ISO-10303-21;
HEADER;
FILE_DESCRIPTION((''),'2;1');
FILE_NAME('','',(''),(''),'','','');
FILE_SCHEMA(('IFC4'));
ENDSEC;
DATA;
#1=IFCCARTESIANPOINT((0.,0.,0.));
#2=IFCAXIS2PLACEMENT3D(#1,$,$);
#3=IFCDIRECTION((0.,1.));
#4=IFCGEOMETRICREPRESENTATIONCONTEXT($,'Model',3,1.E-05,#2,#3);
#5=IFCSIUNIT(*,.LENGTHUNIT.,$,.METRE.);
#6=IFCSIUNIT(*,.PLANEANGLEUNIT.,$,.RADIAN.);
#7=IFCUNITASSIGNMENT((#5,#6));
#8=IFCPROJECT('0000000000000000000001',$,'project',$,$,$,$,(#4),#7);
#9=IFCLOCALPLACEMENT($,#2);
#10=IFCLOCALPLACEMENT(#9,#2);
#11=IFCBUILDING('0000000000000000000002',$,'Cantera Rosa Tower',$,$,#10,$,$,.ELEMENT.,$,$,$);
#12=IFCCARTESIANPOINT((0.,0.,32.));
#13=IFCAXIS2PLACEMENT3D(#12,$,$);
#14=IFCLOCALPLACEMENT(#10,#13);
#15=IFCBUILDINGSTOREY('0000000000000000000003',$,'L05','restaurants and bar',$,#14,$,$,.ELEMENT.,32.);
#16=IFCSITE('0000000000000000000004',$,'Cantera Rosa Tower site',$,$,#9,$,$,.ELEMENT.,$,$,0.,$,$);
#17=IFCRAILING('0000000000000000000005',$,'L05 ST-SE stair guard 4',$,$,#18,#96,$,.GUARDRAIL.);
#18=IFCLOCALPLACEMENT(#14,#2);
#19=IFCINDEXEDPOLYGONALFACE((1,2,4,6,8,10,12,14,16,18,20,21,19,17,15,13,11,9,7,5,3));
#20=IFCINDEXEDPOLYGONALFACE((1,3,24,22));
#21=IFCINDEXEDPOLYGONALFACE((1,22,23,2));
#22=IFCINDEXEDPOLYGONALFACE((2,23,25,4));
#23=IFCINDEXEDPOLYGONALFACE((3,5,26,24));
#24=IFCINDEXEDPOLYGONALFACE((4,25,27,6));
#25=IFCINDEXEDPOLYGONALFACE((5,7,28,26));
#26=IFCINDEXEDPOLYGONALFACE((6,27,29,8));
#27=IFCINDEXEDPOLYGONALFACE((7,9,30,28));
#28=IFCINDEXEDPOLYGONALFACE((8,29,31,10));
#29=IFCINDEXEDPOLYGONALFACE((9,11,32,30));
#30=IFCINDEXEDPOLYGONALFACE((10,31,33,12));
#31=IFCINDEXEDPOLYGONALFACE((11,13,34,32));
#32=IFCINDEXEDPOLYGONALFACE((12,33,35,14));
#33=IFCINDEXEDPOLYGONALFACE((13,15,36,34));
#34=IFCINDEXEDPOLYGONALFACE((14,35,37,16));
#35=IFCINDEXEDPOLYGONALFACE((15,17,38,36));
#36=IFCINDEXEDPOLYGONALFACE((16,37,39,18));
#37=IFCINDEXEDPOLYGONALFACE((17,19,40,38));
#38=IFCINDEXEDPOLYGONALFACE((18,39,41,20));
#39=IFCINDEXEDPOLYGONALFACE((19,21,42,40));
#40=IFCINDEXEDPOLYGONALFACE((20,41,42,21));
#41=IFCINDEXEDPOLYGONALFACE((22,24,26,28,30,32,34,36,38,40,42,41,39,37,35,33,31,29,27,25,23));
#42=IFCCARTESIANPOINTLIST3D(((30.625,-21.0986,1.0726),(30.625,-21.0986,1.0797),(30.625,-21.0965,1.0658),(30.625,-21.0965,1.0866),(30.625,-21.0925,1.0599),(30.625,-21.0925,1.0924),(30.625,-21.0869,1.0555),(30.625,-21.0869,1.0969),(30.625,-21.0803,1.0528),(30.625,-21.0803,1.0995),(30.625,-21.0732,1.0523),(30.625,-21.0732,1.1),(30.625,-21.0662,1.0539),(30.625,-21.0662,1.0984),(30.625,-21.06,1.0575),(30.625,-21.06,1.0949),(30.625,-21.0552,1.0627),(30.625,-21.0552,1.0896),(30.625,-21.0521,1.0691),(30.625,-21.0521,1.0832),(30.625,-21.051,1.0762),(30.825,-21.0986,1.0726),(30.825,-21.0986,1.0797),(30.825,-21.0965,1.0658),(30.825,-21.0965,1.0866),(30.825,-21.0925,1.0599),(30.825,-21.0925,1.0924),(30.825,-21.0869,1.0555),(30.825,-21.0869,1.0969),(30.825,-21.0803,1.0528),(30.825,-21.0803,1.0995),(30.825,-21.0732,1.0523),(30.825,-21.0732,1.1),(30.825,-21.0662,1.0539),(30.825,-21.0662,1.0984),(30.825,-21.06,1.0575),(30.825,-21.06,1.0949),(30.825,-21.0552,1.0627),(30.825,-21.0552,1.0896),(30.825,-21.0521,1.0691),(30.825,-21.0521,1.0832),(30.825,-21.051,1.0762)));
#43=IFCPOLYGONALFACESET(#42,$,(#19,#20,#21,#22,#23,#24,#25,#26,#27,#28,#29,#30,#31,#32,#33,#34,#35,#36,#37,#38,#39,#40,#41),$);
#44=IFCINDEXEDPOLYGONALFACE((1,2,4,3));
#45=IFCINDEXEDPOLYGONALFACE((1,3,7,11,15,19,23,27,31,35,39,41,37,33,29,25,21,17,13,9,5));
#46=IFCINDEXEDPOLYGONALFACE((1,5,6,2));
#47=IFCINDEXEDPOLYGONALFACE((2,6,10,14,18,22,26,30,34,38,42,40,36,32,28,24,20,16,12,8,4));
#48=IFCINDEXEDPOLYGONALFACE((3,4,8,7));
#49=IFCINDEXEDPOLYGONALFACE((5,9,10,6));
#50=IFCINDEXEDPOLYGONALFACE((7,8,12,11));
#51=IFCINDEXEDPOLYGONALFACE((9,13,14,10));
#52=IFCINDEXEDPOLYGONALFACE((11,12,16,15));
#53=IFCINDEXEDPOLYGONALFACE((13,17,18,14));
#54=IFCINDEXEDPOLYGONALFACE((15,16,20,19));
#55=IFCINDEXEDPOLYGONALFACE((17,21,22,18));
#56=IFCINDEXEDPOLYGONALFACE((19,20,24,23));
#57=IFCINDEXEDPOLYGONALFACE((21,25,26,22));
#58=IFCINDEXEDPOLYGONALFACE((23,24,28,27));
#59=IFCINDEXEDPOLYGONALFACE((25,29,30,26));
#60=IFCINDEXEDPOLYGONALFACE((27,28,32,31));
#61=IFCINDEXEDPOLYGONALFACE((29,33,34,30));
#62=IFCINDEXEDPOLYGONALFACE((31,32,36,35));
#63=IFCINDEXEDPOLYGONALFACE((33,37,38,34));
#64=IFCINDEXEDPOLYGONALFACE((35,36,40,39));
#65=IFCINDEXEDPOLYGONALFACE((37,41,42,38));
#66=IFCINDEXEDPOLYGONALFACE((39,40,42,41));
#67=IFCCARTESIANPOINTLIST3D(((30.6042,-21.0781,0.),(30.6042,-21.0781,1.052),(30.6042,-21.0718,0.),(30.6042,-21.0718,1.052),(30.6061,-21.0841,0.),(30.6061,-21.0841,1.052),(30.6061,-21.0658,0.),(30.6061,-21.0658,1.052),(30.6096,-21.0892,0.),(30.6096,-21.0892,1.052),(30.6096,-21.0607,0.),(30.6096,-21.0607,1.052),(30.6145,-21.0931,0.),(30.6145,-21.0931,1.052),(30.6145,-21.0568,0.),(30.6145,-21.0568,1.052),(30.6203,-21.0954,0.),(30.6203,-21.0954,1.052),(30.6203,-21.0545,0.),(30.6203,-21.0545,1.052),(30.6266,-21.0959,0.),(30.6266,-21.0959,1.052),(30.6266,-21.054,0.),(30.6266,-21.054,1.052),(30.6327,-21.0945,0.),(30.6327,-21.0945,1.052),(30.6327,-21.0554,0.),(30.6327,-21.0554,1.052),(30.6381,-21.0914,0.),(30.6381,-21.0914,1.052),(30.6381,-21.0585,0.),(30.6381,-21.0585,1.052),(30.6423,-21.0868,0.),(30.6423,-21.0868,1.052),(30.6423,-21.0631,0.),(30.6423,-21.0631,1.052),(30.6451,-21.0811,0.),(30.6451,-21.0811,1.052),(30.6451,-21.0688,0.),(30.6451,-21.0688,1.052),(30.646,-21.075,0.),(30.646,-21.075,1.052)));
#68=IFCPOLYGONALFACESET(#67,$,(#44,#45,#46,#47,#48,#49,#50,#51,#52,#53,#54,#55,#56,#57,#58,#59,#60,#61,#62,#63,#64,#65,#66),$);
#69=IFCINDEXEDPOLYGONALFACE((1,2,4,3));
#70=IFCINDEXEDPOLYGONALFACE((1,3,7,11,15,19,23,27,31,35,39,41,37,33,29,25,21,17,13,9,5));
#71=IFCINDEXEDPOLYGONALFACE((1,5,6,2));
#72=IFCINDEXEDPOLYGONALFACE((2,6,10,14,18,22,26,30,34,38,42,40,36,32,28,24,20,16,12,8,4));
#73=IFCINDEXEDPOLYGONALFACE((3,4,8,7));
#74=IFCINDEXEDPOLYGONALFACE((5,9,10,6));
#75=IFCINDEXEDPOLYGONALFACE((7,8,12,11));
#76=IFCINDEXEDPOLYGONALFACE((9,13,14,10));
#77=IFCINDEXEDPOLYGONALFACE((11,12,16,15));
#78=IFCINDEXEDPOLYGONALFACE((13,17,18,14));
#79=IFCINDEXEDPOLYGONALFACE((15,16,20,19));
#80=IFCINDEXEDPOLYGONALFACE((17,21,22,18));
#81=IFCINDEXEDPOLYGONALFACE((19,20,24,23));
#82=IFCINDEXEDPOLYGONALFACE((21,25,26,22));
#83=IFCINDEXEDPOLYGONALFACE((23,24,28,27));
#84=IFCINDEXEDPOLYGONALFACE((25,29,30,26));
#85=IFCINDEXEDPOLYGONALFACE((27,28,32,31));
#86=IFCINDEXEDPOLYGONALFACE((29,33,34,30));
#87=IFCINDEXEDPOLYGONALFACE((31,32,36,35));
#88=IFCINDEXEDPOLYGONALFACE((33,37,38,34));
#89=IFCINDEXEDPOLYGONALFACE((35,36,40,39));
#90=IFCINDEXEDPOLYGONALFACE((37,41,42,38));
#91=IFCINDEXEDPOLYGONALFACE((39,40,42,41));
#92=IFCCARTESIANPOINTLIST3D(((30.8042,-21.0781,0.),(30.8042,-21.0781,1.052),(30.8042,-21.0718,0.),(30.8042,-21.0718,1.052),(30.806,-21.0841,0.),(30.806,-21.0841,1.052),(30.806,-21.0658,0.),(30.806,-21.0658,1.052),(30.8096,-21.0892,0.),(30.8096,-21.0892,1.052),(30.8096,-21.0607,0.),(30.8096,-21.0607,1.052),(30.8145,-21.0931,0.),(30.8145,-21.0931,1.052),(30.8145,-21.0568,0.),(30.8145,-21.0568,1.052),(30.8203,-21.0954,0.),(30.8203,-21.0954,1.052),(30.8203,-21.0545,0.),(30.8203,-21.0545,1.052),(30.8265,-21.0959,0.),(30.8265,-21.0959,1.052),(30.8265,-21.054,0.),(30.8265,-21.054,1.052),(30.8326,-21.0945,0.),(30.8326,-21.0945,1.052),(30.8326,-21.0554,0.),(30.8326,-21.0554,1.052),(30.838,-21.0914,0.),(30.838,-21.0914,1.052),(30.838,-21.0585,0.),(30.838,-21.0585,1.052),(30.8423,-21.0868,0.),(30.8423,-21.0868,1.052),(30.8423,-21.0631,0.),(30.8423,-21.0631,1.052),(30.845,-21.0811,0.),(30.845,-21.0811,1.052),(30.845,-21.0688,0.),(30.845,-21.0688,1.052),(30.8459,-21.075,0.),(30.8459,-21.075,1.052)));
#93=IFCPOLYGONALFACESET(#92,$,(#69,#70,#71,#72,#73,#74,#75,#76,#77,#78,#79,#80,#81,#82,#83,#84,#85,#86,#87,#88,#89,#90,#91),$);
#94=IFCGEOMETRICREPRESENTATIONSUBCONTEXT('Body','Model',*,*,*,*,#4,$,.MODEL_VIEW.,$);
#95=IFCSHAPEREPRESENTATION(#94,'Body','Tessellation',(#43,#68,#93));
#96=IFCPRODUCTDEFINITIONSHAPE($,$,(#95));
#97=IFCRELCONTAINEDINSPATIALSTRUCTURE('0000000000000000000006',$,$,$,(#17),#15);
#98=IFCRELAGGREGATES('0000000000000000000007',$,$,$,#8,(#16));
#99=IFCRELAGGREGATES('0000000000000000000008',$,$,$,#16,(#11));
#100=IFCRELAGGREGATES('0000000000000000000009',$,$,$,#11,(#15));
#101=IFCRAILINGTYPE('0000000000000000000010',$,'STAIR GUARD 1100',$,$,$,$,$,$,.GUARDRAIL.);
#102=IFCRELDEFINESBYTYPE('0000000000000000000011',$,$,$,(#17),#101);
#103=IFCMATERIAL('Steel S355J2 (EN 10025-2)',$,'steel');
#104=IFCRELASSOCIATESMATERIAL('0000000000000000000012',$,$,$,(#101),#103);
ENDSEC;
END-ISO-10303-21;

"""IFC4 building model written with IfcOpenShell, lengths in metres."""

from ifc_helpers import new_model, si_unit, direction, frame, origin, origin_2d, place, context, subcontext, project, spatial, circle, extrude, material, type_object, element, save


model = new_model("IFC4")

# Units and contexts
model_context = context("Model", 3, precision=1e-05, world=origin(), true_north=direction((0.0, 1.0)))
body_context = subcontext(model_context, "Body", "Model", "MODEL_VIEW")
ifc_project = project(units=[si_unit("LENGTHUNIT", "METRE"), si_unit("PLANEANGLEUNIT", "RADIAN")], contexts=[model_context])

# Site, building, storey
site_placement = place(None, origin())
site = spatial("IfcSite", under=ifc_project, at=site_placement, Name="Cantera Rosa Tower site", CompositionType="ELEMENT", RefElevation=0.0)
building_placement = place(site_placement, origin())
building = spatial("IfcBuilding", under=site, at=building_placement, Name="Cantera Rosa Tower", CompositionType="ELEMENT")
storey_placement = place(building_placement, frame((0.0, 0.0, 32.0)))
storey = spatial("IfcBuildingStorey", under=building, at=storey_placement, Name="L05", Description="restaurants and bar", CompositionType="ELEMENT", Elevation=32.0)

# Railing
ifc_material_1 = material(Name="Steel S355J2 (EN 10025-2)", Category="steel")
railing_type_1 = type_object("IfcRailingType", Name="STAIR GUARD 1100", PredefinedType="GUARDRAIL", material=ifc_material_1)
railing_1_placement = place(storey_placement, frame((30.625, -21.075, 0.0)))
element("IfcRailing", 1, at=railing_1_placement, inside=storey, type_object=railing_type_1, Name="L05 ST-SE stair guard 4", PredefinedType="GUARDRAIL", context=body_context, shape_type="SweptSolid", body=[
    extrude(circle(Radius=0.0239, at=origin_2d()), frame((0.0, 0.0, 1.0762), z_axis=(1.0, 0.0, 0.0), x_axis=(0.0, 1.0, 0.0)), (0.0, 0.0, 1.0), 0.2),
    extrude(circle(Radius=0.021, at=origin_2d()), origin(), (0.0, 0.0, 1.0), 1.052),
    extrude(circle(Radius=0.021, at=origin_2d()), frame((0.2, 0.0, 0.0)), (0.0, 0.0, 1.0), 1.052),
])

save(model, "model.ifc")
